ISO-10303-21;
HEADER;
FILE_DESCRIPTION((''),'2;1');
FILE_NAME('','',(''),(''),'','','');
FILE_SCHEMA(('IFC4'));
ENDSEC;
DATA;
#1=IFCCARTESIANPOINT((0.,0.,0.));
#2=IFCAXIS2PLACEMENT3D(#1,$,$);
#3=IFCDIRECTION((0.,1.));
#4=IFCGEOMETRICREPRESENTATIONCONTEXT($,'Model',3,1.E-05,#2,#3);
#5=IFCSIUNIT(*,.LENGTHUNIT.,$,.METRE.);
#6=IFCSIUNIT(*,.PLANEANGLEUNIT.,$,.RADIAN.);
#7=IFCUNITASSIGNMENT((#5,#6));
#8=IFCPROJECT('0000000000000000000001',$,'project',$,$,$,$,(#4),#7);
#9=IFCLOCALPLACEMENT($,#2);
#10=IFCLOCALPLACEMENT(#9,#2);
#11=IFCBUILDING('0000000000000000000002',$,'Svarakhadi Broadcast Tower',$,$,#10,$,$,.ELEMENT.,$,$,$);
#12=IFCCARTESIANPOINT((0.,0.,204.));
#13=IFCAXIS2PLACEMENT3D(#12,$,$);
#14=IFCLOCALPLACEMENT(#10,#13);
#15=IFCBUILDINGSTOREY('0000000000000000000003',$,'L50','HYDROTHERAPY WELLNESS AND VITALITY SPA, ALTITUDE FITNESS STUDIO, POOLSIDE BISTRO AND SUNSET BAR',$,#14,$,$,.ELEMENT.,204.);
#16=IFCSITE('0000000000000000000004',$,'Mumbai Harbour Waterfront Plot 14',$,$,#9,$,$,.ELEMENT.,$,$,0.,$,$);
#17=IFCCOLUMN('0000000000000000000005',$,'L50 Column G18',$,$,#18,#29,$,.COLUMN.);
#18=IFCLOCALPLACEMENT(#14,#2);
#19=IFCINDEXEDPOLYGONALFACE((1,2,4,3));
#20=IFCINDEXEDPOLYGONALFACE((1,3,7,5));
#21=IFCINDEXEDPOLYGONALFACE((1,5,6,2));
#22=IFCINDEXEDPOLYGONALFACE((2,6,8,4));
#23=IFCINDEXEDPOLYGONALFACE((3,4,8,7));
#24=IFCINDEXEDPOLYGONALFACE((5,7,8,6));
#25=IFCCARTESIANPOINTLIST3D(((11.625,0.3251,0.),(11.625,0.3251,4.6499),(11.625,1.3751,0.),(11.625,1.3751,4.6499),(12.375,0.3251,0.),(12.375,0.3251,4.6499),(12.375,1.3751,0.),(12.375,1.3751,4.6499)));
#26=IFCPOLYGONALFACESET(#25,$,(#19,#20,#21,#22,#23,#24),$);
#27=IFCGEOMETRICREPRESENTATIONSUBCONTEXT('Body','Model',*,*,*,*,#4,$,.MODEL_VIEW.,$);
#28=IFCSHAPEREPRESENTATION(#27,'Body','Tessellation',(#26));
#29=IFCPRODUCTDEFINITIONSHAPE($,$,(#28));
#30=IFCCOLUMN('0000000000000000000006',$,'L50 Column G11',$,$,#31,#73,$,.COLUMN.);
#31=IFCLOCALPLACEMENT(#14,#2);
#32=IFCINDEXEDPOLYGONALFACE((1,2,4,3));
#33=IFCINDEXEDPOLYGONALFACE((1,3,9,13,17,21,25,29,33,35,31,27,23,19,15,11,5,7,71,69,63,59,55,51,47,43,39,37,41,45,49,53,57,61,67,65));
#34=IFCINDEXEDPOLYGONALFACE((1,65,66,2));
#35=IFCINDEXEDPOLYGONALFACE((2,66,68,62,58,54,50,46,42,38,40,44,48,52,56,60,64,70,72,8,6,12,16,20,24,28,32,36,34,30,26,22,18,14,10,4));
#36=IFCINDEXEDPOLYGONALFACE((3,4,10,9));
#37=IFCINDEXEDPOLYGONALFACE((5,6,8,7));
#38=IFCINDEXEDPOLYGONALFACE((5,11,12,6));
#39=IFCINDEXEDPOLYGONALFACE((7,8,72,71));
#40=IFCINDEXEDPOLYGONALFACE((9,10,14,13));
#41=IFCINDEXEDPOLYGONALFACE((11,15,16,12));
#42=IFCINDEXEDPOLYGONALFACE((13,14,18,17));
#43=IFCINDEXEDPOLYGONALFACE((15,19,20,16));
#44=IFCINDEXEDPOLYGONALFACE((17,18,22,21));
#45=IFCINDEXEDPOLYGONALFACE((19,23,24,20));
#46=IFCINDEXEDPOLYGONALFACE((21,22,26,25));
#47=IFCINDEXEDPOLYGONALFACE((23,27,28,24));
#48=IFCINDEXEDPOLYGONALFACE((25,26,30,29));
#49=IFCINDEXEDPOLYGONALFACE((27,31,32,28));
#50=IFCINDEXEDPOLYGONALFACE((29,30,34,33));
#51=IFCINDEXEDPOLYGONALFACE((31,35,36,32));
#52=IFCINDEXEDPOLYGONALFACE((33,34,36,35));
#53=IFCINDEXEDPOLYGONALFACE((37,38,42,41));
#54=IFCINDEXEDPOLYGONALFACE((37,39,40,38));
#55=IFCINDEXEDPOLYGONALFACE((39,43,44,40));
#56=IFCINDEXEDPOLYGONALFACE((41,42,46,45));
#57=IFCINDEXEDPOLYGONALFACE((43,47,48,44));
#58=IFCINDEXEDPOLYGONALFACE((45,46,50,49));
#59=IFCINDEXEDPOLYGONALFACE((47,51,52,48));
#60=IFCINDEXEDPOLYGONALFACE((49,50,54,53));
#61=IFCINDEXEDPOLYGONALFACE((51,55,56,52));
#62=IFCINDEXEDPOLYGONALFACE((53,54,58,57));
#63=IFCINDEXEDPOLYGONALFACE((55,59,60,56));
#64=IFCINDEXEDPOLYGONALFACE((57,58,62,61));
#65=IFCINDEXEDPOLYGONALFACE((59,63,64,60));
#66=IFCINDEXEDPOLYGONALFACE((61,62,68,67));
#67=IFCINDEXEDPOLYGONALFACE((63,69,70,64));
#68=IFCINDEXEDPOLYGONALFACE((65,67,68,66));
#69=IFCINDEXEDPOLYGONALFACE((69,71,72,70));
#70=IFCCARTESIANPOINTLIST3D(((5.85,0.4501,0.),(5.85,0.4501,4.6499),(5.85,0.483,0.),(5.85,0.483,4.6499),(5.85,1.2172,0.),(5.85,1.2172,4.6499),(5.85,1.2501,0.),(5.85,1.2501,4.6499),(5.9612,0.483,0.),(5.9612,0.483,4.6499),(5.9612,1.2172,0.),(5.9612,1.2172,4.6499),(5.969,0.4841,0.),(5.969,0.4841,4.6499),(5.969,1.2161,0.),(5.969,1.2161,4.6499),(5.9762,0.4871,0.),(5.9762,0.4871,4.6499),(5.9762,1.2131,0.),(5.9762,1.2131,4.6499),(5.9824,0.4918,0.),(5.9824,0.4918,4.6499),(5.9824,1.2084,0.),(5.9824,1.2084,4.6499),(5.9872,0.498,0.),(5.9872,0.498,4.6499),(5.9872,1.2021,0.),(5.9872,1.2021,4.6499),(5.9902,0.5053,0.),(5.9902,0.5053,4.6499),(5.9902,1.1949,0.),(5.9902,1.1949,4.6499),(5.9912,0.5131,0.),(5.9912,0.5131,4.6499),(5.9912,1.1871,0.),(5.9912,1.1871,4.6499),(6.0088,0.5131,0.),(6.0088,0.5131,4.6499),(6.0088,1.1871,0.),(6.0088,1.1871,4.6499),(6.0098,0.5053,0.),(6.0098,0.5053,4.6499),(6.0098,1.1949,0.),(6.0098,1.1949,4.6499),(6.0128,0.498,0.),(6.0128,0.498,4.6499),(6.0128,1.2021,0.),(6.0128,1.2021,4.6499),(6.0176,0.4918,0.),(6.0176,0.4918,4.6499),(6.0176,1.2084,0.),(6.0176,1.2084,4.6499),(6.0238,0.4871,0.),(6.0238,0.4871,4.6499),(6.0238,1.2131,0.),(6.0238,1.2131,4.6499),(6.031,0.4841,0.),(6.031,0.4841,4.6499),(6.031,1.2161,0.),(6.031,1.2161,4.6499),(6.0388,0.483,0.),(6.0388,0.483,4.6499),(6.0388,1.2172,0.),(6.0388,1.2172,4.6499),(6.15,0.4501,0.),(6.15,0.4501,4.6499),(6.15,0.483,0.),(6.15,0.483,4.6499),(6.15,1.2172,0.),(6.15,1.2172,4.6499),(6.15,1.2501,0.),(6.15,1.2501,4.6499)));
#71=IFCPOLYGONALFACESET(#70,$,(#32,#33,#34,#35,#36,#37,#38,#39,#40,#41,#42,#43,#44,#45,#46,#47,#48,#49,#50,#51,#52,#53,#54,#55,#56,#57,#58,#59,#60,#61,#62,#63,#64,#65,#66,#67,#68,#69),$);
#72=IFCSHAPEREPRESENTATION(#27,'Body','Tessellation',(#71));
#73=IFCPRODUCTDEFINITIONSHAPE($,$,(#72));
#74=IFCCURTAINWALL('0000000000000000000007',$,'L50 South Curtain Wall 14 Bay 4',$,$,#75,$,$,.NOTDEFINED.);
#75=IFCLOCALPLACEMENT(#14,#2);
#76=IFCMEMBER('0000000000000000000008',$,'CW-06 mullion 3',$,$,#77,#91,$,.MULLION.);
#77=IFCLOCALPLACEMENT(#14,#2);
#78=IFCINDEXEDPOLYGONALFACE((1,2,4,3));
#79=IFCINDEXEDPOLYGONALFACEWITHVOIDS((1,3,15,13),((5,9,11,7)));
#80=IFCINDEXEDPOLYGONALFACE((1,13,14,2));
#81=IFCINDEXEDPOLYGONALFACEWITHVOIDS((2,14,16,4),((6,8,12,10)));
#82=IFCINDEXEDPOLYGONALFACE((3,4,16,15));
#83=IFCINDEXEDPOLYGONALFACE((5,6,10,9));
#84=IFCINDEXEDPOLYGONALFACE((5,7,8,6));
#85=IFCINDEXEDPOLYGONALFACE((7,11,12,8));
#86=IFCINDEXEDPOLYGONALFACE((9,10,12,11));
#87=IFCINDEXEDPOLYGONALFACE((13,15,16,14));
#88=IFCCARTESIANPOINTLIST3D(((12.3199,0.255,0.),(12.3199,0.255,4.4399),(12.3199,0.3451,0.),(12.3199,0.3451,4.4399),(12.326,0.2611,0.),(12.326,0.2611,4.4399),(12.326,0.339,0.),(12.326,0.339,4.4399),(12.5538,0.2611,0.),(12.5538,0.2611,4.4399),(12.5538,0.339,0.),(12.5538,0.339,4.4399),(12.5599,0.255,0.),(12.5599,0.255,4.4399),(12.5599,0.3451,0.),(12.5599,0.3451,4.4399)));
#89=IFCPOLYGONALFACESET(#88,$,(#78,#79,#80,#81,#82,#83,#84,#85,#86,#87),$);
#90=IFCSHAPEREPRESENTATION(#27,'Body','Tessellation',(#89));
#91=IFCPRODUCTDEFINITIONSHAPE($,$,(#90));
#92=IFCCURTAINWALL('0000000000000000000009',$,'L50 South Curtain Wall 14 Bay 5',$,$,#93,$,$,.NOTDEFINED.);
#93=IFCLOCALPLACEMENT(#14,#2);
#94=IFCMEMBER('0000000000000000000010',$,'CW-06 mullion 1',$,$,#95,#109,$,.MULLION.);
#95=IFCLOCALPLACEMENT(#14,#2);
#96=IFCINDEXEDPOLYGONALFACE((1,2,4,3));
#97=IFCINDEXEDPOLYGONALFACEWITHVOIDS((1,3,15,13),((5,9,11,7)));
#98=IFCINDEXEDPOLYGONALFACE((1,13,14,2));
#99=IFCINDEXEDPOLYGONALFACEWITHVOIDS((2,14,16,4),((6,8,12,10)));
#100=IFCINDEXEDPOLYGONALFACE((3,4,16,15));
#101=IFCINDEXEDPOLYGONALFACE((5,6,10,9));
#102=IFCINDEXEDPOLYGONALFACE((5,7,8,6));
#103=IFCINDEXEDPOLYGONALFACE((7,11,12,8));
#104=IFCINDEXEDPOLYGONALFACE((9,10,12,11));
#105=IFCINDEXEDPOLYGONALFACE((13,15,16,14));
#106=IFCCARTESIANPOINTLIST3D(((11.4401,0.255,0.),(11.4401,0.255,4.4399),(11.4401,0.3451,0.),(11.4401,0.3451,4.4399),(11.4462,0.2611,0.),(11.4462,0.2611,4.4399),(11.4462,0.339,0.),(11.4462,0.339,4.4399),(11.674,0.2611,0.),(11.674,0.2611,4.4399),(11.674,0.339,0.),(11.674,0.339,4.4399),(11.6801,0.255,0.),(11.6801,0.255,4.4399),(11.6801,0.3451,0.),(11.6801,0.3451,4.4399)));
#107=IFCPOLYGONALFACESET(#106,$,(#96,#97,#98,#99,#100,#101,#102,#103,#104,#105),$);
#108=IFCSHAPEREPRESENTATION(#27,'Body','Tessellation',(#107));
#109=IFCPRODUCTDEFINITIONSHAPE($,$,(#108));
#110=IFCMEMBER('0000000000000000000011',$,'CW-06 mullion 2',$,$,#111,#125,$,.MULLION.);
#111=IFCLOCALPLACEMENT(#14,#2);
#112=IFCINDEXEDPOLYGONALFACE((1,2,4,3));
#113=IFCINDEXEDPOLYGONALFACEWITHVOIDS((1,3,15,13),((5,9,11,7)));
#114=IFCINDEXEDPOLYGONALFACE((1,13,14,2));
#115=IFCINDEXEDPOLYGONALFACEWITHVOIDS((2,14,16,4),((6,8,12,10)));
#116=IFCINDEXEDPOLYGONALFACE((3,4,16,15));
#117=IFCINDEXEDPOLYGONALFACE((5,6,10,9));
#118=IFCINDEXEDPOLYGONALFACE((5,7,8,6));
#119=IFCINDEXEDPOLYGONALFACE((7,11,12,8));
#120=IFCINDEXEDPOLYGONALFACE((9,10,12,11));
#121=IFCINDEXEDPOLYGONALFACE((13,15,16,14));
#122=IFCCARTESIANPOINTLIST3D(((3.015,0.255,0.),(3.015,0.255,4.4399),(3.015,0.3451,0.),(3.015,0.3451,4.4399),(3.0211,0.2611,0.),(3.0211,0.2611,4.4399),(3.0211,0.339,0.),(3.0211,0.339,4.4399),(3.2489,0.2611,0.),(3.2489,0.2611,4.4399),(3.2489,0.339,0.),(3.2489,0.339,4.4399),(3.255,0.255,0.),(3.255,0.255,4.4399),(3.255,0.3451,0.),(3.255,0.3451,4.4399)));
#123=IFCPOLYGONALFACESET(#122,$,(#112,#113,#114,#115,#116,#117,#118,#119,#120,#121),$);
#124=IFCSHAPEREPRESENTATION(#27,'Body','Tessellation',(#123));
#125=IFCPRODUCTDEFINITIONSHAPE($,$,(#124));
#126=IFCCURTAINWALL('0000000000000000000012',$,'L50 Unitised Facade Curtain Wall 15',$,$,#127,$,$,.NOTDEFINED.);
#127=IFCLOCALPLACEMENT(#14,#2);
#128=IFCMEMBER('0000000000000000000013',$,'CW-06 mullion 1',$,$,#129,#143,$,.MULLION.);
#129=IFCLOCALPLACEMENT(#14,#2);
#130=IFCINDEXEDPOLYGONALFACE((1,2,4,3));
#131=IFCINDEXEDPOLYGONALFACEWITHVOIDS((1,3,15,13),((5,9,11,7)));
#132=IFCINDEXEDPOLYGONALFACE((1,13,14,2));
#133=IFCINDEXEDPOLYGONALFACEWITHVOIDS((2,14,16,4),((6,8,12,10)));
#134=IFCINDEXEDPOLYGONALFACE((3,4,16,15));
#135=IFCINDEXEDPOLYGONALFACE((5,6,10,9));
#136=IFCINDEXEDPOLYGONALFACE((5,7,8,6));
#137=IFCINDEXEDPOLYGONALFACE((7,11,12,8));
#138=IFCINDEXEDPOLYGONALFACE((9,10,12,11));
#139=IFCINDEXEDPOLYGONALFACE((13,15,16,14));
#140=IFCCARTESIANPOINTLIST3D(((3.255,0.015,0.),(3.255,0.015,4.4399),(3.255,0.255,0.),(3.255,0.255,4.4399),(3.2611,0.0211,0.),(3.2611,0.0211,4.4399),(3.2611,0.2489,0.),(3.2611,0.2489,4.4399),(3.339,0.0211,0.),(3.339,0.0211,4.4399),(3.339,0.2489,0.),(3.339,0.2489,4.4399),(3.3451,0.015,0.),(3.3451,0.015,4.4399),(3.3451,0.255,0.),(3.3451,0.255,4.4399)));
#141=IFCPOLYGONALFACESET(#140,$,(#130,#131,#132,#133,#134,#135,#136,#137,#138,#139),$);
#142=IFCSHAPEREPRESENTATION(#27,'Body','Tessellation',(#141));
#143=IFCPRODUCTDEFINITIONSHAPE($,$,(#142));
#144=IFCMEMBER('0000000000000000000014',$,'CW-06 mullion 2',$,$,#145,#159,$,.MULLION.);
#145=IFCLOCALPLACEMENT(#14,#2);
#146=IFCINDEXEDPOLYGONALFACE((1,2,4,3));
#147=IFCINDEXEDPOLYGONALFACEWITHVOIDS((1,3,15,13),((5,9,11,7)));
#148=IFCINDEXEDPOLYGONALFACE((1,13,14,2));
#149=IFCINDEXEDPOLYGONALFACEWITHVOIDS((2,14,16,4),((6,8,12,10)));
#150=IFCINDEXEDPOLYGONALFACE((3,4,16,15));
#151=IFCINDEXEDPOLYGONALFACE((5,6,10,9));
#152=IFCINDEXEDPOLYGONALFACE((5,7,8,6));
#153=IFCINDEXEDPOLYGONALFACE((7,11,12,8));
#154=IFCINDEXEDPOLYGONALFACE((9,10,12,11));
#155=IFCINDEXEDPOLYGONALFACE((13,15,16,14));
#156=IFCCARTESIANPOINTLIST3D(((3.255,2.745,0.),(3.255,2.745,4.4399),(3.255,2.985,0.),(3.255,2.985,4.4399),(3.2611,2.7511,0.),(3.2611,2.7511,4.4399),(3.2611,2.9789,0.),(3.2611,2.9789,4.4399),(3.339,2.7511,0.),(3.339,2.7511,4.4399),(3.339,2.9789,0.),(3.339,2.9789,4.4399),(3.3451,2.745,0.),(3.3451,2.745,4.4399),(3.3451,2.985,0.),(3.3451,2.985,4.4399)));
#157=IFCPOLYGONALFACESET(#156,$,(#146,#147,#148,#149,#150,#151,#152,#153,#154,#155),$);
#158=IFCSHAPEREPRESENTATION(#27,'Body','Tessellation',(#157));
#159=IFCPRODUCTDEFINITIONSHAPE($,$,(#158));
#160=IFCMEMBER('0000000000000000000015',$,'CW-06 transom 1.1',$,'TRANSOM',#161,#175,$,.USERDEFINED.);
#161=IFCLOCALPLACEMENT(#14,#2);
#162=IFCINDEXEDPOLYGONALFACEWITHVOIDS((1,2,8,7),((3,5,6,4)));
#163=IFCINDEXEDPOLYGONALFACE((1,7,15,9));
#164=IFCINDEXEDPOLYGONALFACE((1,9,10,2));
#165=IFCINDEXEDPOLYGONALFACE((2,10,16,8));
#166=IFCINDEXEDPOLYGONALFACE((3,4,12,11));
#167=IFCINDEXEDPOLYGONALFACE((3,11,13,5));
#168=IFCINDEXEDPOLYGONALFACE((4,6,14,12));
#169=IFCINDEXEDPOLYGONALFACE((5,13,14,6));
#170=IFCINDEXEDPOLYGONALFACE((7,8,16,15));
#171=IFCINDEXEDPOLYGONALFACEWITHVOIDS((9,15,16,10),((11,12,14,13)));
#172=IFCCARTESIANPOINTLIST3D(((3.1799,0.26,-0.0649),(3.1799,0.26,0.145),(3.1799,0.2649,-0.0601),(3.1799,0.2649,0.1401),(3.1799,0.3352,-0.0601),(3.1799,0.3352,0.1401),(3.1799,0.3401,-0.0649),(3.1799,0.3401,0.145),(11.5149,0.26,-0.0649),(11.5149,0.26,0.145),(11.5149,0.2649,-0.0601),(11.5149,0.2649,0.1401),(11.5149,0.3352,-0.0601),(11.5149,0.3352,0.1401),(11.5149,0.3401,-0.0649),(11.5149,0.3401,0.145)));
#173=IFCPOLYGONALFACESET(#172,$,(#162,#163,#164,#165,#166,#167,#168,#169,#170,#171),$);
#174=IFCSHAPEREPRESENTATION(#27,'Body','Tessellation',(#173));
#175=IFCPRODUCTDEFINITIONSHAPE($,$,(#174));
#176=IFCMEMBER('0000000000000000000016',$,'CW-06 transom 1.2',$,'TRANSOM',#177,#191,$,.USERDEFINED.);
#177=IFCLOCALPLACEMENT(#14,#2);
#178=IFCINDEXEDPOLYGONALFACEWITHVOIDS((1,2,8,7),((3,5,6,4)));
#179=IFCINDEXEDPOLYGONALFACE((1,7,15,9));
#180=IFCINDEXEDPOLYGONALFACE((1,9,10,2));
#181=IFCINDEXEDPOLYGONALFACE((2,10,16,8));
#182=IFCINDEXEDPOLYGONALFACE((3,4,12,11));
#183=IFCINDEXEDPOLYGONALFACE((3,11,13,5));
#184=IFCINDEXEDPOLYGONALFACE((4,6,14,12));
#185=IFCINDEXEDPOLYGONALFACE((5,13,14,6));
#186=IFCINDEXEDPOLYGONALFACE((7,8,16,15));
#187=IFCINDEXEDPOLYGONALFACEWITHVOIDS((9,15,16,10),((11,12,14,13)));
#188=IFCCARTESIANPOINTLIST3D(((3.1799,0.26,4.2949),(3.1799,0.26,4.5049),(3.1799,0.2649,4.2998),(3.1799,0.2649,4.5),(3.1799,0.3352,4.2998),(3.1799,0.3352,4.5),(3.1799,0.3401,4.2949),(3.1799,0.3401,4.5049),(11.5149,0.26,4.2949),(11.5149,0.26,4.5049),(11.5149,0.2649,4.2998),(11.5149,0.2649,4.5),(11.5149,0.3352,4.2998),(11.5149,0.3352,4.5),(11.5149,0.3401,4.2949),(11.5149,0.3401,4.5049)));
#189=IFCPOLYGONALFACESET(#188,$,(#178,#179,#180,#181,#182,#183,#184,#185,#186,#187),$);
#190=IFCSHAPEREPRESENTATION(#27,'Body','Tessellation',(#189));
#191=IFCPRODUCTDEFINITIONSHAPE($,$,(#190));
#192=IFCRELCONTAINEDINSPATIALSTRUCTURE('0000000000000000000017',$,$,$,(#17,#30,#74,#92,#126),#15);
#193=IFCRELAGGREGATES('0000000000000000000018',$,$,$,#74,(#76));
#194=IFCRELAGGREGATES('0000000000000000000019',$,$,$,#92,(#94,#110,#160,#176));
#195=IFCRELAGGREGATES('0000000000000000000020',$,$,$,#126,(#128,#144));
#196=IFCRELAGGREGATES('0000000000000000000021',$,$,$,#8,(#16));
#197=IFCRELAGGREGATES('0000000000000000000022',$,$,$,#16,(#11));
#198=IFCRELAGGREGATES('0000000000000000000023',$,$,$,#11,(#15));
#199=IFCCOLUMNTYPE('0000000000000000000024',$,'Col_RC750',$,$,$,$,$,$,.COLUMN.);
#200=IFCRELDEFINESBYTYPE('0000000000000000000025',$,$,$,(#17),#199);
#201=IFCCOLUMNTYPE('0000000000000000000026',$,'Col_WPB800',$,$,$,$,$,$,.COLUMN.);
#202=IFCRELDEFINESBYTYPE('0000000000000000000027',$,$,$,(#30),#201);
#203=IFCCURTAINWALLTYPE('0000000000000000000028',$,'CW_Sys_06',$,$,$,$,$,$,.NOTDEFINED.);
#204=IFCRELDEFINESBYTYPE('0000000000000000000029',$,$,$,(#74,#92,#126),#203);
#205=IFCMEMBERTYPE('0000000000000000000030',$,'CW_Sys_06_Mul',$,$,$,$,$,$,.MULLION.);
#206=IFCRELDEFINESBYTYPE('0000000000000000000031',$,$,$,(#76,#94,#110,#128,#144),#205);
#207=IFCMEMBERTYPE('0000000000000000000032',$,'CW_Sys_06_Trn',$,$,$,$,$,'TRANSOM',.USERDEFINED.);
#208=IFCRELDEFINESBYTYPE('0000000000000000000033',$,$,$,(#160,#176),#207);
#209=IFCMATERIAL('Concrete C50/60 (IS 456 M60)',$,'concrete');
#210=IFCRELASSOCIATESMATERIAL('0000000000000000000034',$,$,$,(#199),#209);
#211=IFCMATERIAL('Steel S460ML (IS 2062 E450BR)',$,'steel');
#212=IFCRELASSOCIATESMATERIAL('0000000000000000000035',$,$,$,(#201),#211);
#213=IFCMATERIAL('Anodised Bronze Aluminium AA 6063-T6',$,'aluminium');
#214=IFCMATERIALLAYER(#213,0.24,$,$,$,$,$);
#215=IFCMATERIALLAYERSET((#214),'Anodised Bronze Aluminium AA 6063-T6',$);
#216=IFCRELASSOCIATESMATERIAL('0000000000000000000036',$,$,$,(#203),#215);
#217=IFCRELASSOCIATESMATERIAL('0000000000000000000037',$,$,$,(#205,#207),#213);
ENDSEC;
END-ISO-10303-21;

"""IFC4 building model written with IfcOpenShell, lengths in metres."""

from ifc_helpers import new_model, si_unit, direction, frame, origin, origin_2d, place, context, subcontext, project, spatial, rectangle, hollow_rectangle, i_section, extrude, material, layer, layer_set, material_profile, profile_set, type_object, element, aggregate, save


model = new_model("IFC4")

# Units and contexts
model_context = context("Model", 3, precision=1e-05, world=origin(), true_north=direction((0.0, 1.0)))
body_context = subcontext(model_context, "Body", "Model", "MODEL_VIEW")
ifc_project = project(units=[si_unit("LENGTHUNIT", "METRE"), si_unit("PLANEANGLEUNIT", "RADIAN")], contexts=[model_context])

# Site, building, storey
site_placement = place(None, origin())
site = spatial("IfcSite", under=ifc_project, at=site_placement, Name="Mumbai Harbour Waterfront Plot 14", CompositionType="ELEMENT", RefElevation=0.0)
building_placement = place(site_placement, origin())
building = spatial("IfcBuilding", under=site, at=building_placement, Name="Svarakhadi Broadcast Tower", CompositionType="ELEMENT")
storey_placement = place(building_placement, frame((0.0, 0.0, 204.0)))
storey = spatial("IfcBuildingStorey", under=building, at=storey_placement, Name="L50", Description="HYDROTHERAPY WELLNESS AND VITALITY SPA, ALTITUDE FITNESS STUDIO, POOLSIDE BISTRO AND SUNSET BAR", CompositionType="ELEMENT", Elevation=204.0)

# Columns
ifc_material_1 = material(Name="Concrete C50/60 (IS 456 M60)", Category="concrete")
ifc_material_profile_1 = material_profile(ifc_material_1, rectangle(XDim=0.75, YDim=1.05, at=origin_2d()), Name="RC 750x1050")
ifc_profile_set_1 = profile_set([ifc_material_profile_1], Name="Concrete C50/60 (IS 456 M60)")
column_type_1 = type_object("IfcColumnType", Name="Col_RC750", PredefinedType="COLUMN", material=ifc_profile_set_1)
column_1_placement = place(storey_placement, frame((12.0, 0.8501, 0.0), z_axis=(0.0, 0.0, 1.0), x_axis=(1.0, 0.0, 0.0)))
element("IfcColumn", 1, at=column_1_placement, inside=storey, type_object=column_type_1, Name="L50 Column G18", PredefinedType="COLUMN", context=body_context, shape_type="SweptSolid", body=[
    extrude(rectangle(XDim=0.75, YDim=1.05, at=origin_2d()), origin(), (0.0, 0.0, 1.0), 4.6499),
])
ifc_material_2 = material(Name="Steel S460ML (IS 2062 E450BR)", Category="steel")
ifc_material_profile_2 = material_profile(ifc_material_2, i_section(OverallWidth=0.3, OverallDepth=0.8, WebThickness=0.0176, FlangeThickness=0.033, FilletRadius=0.03, at=origin_2d()), Name="WPB 800x300x262")
ifc_profile_set_2 = profile_set([ifc_material_profile_2], Name="Steel S460ML (IS 2062 E450BR)")
column_type_2 = type_object("IfcColumnType", Name="Col_WPB800", PredefinedType="COLUMN", material=ifc_profile_set_2)
column_2_placement = place(storey_placement, frame((6.0, 0.8501, 0.0), z_axis=(0.0, 0.0, 1.0), x_axis=(1.0, 0.0, 0.0)))
element("IfcColumn", 2, at=column_2_placement, inside=storey, type_object=column_type_2, Name="L50 Column G11", PredefinedType="COLUMN", context=body_context, shape_type="SweptSolid", body=[
    extrude(i_section(OverallWidth=0.3, OverallDepth=0.8, WebThickness=0.0176, FlangeThickness=0.033, FilletRadius=0.03, at=origin_2d()), origin(), (0.0, 0.0, 1.0), 4.6499),
])

# Curtain wall, member
ifc_material_3 = material(Name="Anodised Bronze Aluminium AA 6063-T6", Category="aluminium")
ifc_layer_1 = layer(ifc_material_3, 0.24)
ifc_layer_set_1 = layer_set([ifc_layer_1], Name="Anodised Bronze Aluminium AA 6063-T6")
curtain_wall_type = type_object("IfcCurtainWallType", Name="CW_Sys_06", PredefinedType="NOTDEFINED", material=ifc_layer_set_1)
curtain_wall_1_placement = place(storey_placement, origin())
curtain_wall_1 = element("IfcCurtainWall", 3, at=curtain_wall_1_placement, inside=storey, type_object=curtain_wall_type, Name="L50 South Curtain Wall 14 Bay 4", PredefinedType="NOTDEFINED")
ifc_material_profile_3 = material_profile(ifc_material_3, hollow_rectangle(XDim=0.0901, YDim=0.24, WallThickness=0.0061, at=origin_2d()), Name="ALU MULLION 240x90x6")
ifc_profile_set_3 = profile_set([ifc_material_profile_3], Name="Anodised Bronze Aluminium AA 6063-T6")
member_type_1 = type_object("IfcMemberType", Name="CW_Sys_06_Mul", PredefinedType="MULLION", material=ifc_profile_set_3)
member_1_placement = place(storey_placement, frame((12.4399, 0.3, 0.0), z_axis=(0.0, 0.0, 1.0), x_axis=(0.0, -1.0, 0.0)))
member_1 = element("IfcMember", 4, at=member_1_placement, type_object=member_type_1, Name="CW-06 mullion 3", PredefinedType="MULLION", context=body_context, shape_type="SweptSolid", body=[
    extrude(hollow_rectangle(XDim=0.0901, YDim=0.24, WallThickness=0.0061, at=origin_2d()), origin(), (0.0, 0.0, 1.0), 4.4399),
])

# Curtain walls, members
curtain_wall_2_placement = place(storey_placement, origin())
curtain_wall_2 = element("IfcCurtainWall", 5, at=curtain_wall_2_placement, inside=storey, type_object=curtain_wall_type, Name="L50 South Curtain Wall 14 Bay 5", PredefinedType="NOTDEFINED")
member_2_placement = place(storey_placement, frame((11.5601, 0.3, 0.0), z_axis=(0.0, 0.0, 1.0), x_axis=(0.0, -1.0, 0.0)))
member_2 = element("IfcMember", 6, at=member_2_placement, type_object=member_type_1, Name="CW-06 mullion 1", PredefinedType="MULLION", context=body_context, shape_type="SweptSolid", body=[
    extrude(hollow_rectangle(XDim=0.0901, YDim=0.24, WallThickness=0.0061, at=origin_2d()), origin(), (0.0, 0.0, 1.0), 4.4399),
])
member_3_placement = place(storey_placement, frame((3.135, 0.3, 0.0), z_axis=(0.0, 0.0, 1.0), x_axis=(0.0, -1.0, 0.0)))
member_3 = element("IfcMember", 7, at=member_3_placement, type_object=member_type_1, Name="CW-06 mullion 2", PredefinedType="MULLION", context=body_context, shape_type="SweptSolid", body=[
    extrude(hollow_rectangle(XDim=0.0901, YDim=0.24, WallThickness=0.0061, at=origin_2d()), origin(), (0.0, 0.0, 1.0), 4.4399),
])
curtain_wall_3_placement = place(storey_placement, origin())
curtain_wall_3 = element("IfcCurtainWall", 8, at=curtain_wall_3_placement, inside=storey, type_object=curtain_wall_type, Name="L50 Unitised Facade Curtain Wall 15", PredefinedType="NOTDEFINED")
member_4_placement = place(storey_placement, frame((3.3, 0.135, 0.0), z_axis=(0.0, 0.0, 1.0), x_axis=(-1.0, 0.0, 0.0)))
member_4 = element("IfcMember", 9, at=member_4_placement, type_object=member_type_1, Name="CW-06 mullion 1", PredefinedType="MULLION", context=body_context, shape_type="SweptSolid", body=[
    extrude(hollow_rectangle(XDim=0.0901, YDim=0.24, WallThickness=0.0061, at=origin_2d()), origin(), (0.0, 0.0, 1.0), 4.4399),
])
member_5_placement = place(storey_placement, frame((3.3, 2.865, 0.0), z_axis=(0.0, 0.0, 1.0), x_axis=(-1.0, 0.0, 0.0)))
member_5 = element("IfcMember", 10, at=member_5_placement, type_object=member_type_1, Name="CW-06 mullion 2", PredefinedType="MULLION", context=body_context, shape_type="SweptSolid", body=[
    extrude(hollow_rectangle(XDim=0.0901, YDim=0.24, WallThickness=0.0061, at=origin_2d()), origin(), (0.0, 0.0, 1.0), 4.4399),
])

# Members
ifc_material_profile_4 = material_profile(ifc_material_3, hollow_rectangle(XDim=0.0801, YDim=0.21, WallThickness=0.0049, at=origin_2d()), Name="ALU TRANSOM 210x80x5")
ifc_profile_set_4 = profile_set([ifc_material_profile_4], Name="Anodised Bronze Aluminium AA 6063-T6")
member_type_2 = type_object("IfcMemberType", Name="CW_Sys_06_Trn", ElementType="TRANSOM", PredefinedType="USERDEFINED", material=ifc_profile_set_4)
member_6_placement = place(storey_placement, frame((11.5149, 0.3, 0.04), z_axis=(-1.0, 0.0, 0.0), x_axis=(0.0, -1.0, 0.0)))
member_6 = element("IfcMember", 11, at=member_6_placement, type_object=member_type_2, Name="CW-06 transom 1.1", ObjectType="TRANSOM", PredefinedType="USERDEFINED", context=body_context, shape_type="SweptSolid", body=[
    extrude(hollow_rectangle(XDim=0.0801, YDim=0.21, WallThickness=0.0049, at=origin_2d()), origin(), (0.0, 0.0, 1.0), 8.335),
])
member_7_placement = place(storey_placement, frame((11.5149, 0.3, 4.3999), z_axis=(-1.0, 0.0, 0.0), x_axis=(0.0, -1.0, 0.0)))
member_7 = element("IfcMember", 12, at=member_7_placement, type_object=member_type_2, Name="CW-06 transom 1.2", ObjectType="TRANSOM", PredefinedType="USERDEFINED", context=body_context, shape_type="SweptSolid", body=[
    extrude(hollow_rectangle(XDim=0.0801, YDim=0.21, WallThickness=0.0049, at=origin_2d()), origin(), (0.0, 0.0, 1.0), 8.335),
])

aggregate(curtain_wall_1, [member_1])
aggregate(curtain_wall_2, [member_2, member_3, member_6, member_7])
aggregate(curtain_wall_3, [member_4, member_5])

save(model, "model.ifc")
